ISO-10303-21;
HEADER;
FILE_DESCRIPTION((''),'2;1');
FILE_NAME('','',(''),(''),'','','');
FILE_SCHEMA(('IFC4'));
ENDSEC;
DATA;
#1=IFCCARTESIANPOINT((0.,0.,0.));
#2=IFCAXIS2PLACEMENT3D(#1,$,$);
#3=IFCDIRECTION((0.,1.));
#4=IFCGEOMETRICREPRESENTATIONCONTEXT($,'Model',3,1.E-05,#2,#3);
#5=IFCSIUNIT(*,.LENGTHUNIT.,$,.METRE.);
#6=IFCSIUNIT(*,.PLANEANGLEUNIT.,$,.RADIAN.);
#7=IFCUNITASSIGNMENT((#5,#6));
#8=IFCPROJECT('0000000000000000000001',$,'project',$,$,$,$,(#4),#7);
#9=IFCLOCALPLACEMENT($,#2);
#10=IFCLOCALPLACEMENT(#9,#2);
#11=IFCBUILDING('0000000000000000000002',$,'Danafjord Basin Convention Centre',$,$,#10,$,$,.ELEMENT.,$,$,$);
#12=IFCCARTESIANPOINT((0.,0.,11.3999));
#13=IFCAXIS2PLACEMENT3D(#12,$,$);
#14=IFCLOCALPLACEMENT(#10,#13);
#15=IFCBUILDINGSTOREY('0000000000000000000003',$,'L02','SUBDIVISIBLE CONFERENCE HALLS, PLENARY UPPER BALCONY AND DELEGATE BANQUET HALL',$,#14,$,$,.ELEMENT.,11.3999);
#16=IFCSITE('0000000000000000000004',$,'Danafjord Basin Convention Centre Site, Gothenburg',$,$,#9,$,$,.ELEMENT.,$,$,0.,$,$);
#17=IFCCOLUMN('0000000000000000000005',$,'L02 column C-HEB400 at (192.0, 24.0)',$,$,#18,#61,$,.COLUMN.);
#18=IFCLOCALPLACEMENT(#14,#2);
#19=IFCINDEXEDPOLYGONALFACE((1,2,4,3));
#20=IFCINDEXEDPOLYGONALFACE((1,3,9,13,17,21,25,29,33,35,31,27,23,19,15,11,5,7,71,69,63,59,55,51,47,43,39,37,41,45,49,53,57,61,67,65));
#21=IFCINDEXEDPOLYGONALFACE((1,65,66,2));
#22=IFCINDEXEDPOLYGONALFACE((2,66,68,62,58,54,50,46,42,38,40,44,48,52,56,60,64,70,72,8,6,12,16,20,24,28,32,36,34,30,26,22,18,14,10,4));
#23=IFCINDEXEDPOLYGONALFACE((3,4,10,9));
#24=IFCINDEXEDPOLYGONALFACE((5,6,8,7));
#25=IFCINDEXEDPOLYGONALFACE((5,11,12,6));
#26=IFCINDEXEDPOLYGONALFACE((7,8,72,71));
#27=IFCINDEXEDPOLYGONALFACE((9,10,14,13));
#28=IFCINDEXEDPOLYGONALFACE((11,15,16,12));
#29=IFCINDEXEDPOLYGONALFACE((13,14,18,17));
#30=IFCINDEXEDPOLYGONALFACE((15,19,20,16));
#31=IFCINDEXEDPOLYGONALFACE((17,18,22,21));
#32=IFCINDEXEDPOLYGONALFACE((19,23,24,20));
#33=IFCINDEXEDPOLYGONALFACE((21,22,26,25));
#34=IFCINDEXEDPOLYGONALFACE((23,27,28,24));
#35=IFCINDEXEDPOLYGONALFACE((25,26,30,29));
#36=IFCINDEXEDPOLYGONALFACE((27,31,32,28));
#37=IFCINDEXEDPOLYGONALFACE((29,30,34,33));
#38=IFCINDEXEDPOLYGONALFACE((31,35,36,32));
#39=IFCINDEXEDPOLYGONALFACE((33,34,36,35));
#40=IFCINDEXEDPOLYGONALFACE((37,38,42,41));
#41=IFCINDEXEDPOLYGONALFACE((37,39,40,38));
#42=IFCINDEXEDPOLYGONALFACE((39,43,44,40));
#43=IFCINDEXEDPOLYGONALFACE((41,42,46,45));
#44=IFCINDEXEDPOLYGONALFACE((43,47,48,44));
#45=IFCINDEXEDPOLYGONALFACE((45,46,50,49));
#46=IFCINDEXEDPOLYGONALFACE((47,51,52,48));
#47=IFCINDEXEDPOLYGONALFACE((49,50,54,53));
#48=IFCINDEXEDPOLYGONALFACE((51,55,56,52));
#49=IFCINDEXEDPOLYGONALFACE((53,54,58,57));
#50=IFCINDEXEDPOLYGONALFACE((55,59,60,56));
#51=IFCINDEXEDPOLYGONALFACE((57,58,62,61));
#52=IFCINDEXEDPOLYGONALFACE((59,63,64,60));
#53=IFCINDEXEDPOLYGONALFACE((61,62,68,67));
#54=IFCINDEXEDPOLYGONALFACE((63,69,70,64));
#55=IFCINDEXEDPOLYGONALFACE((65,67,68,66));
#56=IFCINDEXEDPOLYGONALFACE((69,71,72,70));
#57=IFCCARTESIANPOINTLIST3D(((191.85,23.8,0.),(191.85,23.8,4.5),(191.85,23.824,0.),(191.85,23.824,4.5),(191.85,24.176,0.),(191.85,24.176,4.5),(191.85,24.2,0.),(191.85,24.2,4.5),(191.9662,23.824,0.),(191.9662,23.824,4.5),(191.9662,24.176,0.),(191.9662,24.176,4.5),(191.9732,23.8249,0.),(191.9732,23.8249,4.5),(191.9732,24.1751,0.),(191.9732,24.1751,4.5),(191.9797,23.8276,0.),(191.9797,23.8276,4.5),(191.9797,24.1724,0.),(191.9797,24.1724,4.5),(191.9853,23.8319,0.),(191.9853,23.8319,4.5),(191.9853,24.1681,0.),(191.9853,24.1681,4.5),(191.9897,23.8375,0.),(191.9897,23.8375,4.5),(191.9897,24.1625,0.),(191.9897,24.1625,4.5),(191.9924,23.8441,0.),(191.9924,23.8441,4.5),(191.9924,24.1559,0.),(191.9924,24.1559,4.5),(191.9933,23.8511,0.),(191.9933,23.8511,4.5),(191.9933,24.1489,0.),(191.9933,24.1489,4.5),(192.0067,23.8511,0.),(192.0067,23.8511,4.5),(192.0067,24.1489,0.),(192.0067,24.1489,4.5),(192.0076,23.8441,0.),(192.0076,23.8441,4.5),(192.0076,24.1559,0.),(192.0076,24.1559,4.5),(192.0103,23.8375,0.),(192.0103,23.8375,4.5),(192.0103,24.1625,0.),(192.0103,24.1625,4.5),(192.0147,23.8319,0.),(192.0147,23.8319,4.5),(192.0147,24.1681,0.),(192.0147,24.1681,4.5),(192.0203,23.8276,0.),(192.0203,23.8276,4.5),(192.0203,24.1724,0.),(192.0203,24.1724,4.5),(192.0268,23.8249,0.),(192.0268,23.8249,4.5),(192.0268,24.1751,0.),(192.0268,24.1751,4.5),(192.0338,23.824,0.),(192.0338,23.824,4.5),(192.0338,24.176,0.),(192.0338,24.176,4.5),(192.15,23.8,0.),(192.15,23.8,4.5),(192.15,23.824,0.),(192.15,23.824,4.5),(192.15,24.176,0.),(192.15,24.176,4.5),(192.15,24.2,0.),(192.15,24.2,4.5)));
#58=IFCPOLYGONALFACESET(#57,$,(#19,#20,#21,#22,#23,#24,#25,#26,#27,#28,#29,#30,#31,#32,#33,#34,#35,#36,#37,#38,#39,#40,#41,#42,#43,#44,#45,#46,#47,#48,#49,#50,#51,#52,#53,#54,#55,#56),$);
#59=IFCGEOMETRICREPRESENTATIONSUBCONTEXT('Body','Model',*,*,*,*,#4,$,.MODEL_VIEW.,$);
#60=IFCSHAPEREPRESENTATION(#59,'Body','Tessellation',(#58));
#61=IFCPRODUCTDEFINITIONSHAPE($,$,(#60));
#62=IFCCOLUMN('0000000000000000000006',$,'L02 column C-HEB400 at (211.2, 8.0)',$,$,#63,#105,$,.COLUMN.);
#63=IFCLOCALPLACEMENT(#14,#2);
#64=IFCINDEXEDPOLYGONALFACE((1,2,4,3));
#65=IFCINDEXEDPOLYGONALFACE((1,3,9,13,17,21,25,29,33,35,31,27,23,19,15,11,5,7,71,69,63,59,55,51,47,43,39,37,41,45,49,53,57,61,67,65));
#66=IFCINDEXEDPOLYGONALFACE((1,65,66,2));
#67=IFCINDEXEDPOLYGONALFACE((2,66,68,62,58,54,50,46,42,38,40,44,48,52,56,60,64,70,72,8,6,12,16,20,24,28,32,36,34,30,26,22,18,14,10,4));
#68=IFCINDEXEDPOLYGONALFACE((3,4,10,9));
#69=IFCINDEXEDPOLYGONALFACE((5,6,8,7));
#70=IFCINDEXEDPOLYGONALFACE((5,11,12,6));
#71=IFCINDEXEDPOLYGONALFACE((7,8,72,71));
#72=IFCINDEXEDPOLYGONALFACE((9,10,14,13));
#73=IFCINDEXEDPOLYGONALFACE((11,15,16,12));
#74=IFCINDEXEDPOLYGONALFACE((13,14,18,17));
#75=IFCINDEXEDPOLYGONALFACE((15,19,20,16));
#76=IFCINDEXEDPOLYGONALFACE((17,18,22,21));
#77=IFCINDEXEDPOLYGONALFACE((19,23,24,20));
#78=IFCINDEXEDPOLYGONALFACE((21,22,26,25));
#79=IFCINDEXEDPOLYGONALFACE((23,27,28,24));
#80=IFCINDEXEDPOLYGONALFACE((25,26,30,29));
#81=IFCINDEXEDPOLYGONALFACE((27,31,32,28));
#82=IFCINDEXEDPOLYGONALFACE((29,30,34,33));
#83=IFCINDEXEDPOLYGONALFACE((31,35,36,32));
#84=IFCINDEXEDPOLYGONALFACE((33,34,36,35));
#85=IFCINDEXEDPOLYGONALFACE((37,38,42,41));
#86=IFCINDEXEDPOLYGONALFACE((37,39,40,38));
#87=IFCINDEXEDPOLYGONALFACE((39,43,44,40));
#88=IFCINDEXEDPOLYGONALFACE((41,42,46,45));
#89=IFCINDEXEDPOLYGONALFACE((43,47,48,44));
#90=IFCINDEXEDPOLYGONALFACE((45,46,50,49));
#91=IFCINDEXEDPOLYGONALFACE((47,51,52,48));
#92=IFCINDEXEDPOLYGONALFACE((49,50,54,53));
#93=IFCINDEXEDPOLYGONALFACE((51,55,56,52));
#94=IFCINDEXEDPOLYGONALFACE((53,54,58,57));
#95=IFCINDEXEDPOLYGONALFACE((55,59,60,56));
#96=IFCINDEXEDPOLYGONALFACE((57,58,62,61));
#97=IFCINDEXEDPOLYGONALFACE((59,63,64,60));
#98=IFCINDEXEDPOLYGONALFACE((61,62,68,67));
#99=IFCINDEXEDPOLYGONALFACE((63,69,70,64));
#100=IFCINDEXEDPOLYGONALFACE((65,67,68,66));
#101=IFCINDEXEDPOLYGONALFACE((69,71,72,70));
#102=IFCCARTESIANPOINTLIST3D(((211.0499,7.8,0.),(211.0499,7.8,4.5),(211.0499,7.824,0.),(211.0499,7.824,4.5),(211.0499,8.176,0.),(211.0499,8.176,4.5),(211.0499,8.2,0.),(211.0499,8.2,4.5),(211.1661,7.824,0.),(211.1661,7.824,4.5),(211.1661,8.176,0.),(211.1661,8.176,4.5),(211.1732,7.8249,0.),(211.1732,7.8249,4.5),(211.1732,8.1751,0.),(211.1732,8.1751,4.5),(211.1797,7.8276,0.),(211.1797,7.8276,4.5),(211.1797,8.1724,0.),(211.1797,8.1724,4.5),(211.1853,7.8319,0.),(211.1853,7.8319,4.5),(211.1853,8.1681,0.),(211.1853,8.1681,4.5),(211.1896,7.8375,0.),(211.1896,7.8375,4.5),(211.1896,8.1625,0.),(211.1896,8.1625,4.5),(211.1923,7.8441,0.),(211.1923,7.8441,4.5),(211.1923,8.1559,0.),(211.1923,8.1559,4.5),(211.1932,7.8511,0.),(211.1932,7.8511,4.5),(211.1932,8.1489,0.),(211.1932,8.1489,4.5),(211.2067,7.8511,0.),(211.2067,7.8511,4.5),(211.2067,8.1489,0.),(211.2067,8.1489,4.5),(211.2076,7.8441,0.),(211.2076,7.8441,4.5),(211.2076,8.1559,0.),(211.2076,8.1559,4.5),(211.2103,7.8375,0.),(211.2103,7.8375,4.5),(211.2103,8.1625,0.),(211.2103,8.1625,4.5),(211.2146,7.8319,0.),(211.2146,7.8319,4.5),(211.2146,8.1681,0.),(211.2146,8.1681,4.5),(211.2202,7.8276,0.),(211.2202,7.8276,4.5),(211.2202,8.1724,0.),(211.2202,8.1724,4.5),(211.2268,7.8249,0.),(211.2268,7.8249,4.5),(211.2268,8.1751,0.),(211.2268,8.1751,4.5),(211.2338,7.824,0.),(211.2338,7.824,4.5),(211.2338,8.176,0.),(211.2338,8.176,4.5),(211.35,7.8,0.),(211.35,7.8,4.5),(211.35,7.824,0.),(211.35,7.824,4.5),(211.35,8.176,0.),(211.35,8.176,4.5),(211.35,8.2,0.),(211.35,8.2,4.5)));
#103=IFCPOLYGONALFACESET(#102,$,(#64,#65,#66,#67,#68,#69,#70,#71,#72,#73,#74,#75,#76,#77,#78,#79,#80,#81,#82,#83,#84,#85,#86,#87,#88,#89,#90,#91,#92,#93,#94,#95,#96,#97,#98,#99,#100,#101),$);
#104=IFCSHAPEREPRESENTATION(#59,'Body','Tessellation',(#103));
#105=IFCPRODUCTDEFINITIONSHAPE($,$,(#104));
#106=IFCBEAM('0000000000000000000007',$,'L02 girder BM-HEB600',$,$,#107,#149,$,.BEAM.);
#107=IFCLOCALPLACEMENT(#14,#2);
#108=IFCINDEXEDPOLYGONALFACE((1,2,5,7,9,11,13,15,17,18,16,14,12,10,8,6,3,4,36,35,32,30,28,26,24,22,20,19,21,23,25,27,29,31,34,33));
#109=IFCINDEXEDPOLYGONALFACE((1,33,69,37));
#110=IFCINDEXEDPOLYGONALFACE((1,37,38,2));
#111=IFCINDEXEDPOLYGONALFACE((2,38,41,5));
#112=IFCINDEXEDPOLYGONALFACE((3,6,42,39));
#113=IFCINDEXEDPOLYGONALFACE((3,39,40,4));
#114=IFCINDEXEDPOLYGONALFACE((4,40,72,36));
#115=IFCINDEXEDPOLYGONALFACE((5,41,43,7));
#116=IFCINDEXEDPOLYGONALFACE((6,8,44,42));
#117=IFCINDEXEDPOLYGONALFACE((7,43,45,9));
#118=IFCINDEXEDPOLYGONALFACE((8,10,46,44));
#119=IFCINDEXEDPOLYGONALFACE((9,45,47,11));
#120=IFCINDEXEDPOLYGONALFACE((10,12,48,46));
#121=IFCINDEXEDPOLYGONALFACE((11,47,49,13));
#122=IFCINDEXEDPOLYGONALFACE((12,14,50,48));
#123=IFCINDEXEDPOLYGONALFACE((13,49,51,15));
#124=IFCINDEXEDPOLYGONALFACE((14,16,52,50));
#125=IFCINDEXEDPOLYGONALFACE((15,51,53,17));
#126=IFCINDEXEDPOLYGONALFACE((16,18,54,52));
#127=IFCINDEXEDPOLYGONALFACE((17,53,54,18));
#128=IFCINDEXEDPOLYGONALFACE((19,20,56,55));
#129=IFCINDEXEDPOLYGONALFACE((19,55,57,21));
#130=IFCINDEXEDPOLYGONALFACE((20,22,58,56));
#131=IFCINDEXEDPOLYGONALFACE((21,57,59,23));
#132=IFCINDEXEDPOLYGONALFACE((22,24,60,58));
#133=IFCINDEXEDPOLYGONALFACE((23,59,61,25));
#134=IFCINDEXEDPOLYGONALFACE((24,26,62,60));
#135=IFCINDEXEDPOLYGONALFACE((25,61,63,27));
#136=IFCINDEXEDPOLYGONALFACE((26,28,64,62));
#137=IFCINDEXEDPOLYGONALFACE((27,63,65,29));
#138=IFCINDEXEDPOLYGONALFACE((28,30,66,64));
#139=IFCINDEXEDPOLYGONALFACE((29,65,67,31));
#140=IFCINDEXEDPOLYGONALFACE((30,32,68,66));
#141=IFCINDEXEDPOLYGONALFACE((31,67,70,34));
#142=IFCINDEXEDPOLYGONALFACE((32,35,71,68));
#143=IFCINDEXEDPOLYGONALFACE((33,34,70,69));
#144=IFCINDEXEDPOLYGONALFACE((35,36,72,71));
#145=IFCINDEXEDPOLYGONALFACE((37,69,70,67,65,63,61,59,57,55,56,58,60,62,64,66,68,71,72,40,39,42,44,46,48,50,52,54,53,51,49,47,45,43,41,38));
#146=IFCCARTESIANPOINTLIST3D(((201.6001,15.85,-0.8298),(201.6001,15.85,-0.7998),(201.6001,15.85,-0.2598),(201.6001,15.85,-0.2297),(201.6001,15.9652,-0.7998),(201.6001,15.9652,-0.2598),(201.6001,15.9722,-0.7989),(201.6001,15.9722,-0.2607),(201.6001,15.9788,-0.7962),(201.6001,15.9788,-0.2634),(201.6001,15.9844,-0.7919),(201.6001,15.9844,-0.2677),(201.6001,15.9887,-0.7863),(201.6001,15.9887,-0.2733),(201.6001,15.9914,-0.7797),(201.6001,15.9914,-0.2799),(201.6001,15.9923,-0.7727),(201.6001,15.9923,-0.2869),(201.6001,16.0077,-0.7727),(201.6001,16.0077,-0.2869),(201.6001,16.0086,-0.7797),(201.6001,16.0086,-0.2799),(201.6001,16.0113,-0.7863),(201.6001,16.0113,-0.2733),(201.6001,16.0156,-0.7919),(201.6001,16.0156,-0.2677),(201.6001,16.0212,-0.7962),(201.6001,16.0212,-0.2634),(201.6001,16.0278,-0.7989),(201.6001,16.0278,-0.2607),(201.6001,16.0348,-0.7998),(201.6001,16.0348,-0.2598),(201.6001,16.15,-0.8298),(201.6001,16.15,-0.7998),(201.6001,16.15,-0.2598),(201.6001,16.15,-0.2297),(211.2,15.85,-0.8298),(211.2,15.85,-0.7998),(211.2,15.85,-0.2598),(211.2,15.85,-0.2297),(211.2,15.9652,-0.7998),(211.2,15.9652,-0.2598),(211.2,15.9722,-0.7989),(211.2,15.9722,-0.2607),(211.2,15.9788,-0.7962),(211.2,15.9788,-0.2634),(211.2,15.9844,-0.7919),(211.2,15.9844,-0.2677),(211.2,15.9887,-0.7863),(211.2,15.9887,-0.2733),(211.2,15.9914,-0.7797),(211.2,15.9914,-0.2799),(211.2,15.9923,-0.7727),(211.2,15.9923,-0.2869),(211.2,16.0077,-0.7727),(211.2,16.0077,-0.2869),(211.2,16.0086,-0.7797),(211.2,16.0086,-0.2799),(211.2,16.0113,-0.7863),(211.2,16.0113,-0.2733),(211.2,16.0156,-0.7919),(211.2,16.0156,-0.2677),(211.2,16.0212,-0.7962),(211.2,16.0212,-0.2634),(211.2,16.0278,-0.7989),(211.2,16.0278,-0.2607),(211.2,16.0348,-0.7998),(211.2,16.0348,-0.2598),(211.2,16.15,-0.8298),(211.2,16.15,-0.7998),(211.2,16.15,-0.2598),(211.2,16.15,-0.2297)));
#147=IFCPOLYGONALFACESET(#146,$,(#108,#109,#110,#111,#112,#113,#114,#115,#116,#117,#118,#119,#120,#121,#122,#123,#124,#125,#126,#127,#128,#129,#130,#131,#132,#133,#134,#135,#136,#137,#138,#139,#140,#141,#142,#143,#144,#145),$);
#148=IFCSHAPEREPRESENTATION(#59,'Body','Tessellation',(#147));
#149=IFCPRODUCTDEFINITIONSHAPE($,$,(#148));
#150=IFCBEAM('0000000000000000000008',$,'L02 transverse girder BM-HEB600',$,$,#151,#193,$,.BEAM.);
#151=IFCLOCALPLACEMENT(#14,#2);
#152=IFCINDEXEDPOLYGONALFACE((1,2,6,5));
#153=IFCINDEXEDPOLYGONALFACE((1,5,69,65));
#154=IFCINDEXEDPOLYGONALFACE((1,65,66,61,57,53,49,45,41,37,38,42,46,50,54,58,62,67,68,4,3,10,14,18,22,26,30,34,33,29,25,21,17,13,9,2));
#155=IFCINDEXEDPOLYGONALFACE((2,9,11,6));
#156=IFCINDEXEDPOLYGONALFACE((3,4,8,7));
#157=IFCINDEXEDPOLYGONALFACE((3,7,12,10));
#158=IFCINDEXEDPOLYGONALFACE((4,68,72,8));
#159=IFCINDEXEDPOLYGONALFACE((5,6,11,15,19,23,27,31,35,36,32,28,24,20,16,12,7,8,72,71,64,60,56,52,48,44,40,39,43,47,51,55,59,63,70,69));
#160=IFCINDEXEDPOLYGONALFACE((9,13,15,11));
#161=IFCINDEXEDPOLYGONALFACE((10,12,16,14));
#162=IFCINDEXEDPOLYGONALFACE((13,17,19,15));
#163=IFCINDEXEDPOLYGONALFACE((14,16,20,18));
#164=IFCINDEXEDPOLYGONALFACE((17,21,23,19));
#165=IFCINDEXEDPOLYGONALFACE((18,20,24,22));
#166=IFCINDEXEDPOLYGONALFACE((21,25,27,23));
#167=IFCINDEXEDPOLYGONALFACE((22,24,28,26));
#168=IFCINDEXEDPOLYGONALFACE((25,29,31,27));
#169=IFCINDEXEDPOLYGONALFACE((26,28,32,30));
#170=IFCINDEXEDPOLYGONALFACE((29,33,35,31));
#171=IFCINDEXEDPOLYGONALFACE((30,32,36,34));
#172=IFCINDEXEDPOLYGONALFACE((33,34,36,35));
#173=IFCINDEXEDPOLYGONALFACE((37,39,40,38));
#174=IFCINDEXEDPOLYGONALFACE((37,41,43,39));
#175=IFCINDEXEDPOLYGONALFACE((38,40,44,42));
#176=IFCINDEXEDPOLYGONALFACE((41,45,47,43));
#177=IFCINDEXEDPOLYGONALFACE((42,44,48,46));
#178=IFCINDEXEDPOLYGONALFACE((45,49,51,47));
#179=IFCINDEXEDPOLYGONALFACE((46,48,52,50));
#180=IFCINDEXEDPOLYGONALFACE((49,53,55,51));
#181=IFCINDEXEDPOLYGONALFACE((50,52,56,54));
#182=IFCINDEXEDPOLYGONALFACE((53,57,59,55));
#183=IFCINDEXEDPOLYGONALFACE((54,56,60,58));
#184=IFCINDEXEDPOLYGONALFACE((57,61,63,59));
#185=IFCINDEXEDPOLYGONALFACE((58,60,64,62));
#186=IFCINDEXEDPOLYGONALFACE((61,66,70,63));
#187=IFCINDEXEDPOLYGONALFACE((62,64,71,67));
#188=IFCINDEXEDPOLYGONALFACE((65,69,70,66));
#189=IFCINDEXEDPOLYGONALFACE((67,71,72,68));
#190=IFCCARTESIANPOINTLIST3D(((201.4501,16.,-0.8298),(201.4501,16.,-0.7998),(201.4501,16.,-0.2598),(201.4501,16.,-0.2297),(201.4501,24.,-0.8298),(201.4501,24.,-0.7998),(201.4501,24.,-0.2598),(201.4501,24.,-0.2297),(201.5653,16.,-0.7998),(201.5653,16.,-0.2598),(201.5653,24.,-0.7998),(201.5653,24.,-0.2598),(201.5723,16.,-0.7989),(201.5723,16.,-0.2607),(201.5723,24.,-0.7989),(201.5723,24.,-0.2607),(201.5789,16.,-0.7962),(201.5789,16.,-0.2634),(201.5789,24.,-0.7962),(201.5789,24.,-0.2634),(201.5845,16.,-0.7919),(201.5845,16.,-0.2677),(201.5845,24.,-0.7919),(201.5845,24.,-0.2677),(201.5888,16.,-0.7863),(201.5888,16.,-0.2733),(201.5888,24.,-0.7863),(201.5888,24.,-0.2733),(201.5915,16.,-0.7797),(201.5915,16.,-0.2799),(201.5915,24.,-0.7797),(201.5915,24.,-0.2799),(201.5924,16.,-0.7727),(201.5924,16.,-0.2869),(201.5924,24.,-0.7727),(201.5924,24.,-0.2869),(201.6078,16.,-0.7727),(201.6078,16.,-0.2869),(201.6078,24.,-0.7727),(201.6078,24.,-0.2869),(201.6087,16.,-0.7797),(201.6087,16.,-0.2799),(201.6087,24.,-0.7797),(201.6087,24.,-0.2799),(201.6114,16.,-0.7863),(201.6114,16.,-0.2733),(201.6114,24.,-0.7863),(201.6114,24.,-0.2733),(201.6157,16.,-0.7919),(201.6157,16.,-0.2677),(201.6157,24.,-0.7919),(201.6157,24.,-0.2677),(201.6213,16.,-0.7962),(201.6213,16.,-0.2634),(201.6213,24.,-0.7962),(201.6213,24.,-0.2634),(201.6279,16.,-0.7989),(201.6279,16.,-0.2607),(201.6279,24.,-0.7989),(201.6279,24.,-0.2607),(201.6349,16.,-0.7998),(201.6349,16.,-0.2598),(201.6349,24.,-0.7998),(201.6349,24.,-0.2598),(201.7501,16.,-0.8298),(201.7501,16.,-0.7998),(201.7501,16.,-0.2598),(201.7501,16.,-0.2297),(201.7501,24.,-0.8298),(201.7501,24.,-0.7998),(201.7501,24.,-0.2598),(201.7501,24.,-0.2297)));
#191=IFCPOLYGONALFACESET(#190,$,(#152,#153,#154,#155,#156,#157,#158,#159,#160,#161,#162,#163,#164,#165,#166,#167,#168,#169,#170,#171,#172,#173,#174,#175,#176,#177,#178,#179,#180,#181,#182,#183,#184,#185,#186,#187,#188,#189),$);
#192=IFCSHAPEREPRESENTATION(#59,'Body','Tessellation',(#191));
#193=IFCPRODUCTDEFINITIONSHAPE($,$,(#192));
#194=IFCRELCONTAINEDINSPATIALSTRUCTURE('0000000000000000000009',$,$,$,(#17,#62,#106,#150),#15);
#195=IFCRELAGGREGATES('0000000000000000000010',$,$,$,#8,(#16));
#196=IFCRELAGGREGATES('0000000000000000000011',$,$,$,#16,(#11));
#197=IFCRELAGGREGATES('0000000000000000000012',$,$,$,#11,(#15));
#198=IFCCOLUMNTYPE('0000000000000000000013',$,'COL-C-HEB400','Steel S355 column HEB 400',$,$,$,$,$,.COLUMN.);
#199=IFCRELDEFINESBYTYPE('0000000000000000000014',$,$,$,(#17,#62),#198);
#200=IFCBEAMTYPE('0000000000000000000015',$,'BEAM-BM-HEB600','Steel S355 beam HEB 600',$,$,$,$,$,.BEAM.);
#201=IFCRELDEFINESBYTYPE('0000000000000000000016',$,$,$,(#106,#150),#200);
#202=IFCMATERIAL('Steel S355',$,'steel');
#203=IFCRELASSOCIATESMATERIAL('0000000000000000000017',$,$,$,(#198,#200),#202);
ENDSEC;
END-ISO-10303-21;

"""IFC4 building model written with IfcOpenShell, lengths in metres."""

from ifc_helpers import new_model, si_unit, direction, frame, origin, origin_2d, place, context, subcontext, project, spatial, i_section, extrude, material, material_profile, profile_set, type_object, element, save


model = new_model("IFC4")

# Units and contexts
model_context = context("Model", 3, precision=1e-05, world=origin(), true_north=direction((0.0, 1.0)))
body_context = subcontext(model_context, "Body", "Model", "MODEL_VIEW")
ifc_project = project(units=[si_unit("LENGTHUNIT", "METRE"), si_unit("PLANEANGLEUNIT", "RADIAN")], contexts=[model_context])

# Site, building, storey
site_placement = place(None, origin())
site = spatial("IfcSite", under=ifc_project, at=site_placement, Name="Danafjord Basin Convention Centre Site, Gothenburg", CompositionType="ELEMENT", RefElevation=0.0)
building_placement = place(site_placement, origin())
building = spatial("IfcBuilding", under=site, at=building_placement, Name="Danafjord Basin Convention Centre", CompositionType="ELEMENT")
storey_placement = place(building_placement, frame((0.0, 0.0, 11.3999)))
storey = spatial("IfcBuildingStorey", under=building, at=storey_placement, Name="L02", Description="SUBDIVISIBLE CONFERENCE HALLS, PLENARY UPPER BALCONY AND DELEGATE BANQUET HALL", CompositionType="ELEMENT", Elevation=11.3999)

# Columns
ifc_material_1 = material(Name="Steel S355", Category="steel")
ifc_material_profile_1 = material_profile(ifc_material_1, i_section(OverallWidth=0.3, OverallDepth=0.3999, WebThickness=0.0134, FlangeThickness=0.0239, FilletRadius=0.0271, at=origin_2d()), Name="HEB 400")
ifc_profile_set_1 = profile_set([ifc_material_profile_1], Name="Steel S355")
column_type_1 = type_object("IfcColumnType", Name="COL-C-HEB400", Description="Steel S355 column HEB 400", PredefinedType="COLUMN", material=ifc_profile_set_1)
for number, where, z_axis, x_axis, name in (
    (1, (192.0, 24.0, 0.0), (0.0, 0.0, 1.0), (1.0, 0.0, 0.0), "L02 column C-HEB400 at (192.0, 24.0)"),
    (2, (211.2, 8.0, 0.0), (0.0, 0.0, 1.0), (1.0, 0.0, 0.0), "L02 column C-HEB400 at (211.2, 8.0)"),
):
    element("IfcColumn", number, at=place(storey_placement, frame(where, z_axis=z_axis, x_axis=x_axis)), inside=storey, type_object=column_type_1, Name=name, PredefinedType="COLUMN", context=body_context, shape_type="SweptSolid", body=[
        extrude(i_section(OverallWidth=0.3, OverallDepth=0.3999, WebThickness=0.0134, FlangeThickness=0.0239, FilletRadius=0.0271, at=origin_2d()), origin(), (0.0, 0.0, 1.0), 4.5),
    ])

# Beams
ifc_material_profile_2 = material_profile(ifc_material_1, i_section(OverallWidth=0.3, OverallDepth=0.6001, WebThickness=0.0154, FlangeThickness=0.03, FilletRadius=0.0271, at=origin_2d()), Name="HEB 600")
ifc_profile_set_2 = profile_set([ifc_material_profile_2], Name="Steel S355")
beam_type_1 = type_object("IfcBeamType", Name="BEAM-BM-HEB600", Description="Steel S355 beam HEB 600", PredefinedType="BEAM", material=ifc_profile_set_2)
beam_1_placement = place(storey_placement, frame((201.6001, 16.0, -0.5298), z_axis=(1.0, 0.0, 0.0), x_axis=(0.0, 1.0, 0.0)))
element("IfcBeam", 3, at=beam_1_placement, inside=storey, type_object=beam_type_1, Name="L02 girder BM-HEB600", PredefinedType="BEAM", context=body_context, shape_type="SweptSolid", body=[
    extrude(i_section(OverallWidth=0.3, OverallDepth=0.6001, WebThickness=0.0154, FlangeThickness=0.03, FilletRadius=0.0271, at=origin_2d()), origin(), (0.0, 0.0, 1.0), 9.5999),
])
beam_2_placement = place(storey_placement, frame((201.6001, 16.0, -0.5298), z_axis=(0.0, 1.0, 0.0), x_axis=(-1.0, 0.0, 0.0)))
element("IfcBeam", 4, at=beam_2_placement, inside=storey, type_object=beam_type_1, Name="L02 transverse girder BM-HEB600", PredefinedType="BEAM", context=body_context, shape_type="SweptSolid", body=[
    extrude(i_section(OverallWidth=0.3, OverallDepth=0.6001, WebThickness=0.0154, FlangeThickness=0.03, FilletRadius=0.0271, at=origin_2d()), origin(), (0.0, 0.0, 1.0), 8.0),
])

save(model, "model.ifc")
